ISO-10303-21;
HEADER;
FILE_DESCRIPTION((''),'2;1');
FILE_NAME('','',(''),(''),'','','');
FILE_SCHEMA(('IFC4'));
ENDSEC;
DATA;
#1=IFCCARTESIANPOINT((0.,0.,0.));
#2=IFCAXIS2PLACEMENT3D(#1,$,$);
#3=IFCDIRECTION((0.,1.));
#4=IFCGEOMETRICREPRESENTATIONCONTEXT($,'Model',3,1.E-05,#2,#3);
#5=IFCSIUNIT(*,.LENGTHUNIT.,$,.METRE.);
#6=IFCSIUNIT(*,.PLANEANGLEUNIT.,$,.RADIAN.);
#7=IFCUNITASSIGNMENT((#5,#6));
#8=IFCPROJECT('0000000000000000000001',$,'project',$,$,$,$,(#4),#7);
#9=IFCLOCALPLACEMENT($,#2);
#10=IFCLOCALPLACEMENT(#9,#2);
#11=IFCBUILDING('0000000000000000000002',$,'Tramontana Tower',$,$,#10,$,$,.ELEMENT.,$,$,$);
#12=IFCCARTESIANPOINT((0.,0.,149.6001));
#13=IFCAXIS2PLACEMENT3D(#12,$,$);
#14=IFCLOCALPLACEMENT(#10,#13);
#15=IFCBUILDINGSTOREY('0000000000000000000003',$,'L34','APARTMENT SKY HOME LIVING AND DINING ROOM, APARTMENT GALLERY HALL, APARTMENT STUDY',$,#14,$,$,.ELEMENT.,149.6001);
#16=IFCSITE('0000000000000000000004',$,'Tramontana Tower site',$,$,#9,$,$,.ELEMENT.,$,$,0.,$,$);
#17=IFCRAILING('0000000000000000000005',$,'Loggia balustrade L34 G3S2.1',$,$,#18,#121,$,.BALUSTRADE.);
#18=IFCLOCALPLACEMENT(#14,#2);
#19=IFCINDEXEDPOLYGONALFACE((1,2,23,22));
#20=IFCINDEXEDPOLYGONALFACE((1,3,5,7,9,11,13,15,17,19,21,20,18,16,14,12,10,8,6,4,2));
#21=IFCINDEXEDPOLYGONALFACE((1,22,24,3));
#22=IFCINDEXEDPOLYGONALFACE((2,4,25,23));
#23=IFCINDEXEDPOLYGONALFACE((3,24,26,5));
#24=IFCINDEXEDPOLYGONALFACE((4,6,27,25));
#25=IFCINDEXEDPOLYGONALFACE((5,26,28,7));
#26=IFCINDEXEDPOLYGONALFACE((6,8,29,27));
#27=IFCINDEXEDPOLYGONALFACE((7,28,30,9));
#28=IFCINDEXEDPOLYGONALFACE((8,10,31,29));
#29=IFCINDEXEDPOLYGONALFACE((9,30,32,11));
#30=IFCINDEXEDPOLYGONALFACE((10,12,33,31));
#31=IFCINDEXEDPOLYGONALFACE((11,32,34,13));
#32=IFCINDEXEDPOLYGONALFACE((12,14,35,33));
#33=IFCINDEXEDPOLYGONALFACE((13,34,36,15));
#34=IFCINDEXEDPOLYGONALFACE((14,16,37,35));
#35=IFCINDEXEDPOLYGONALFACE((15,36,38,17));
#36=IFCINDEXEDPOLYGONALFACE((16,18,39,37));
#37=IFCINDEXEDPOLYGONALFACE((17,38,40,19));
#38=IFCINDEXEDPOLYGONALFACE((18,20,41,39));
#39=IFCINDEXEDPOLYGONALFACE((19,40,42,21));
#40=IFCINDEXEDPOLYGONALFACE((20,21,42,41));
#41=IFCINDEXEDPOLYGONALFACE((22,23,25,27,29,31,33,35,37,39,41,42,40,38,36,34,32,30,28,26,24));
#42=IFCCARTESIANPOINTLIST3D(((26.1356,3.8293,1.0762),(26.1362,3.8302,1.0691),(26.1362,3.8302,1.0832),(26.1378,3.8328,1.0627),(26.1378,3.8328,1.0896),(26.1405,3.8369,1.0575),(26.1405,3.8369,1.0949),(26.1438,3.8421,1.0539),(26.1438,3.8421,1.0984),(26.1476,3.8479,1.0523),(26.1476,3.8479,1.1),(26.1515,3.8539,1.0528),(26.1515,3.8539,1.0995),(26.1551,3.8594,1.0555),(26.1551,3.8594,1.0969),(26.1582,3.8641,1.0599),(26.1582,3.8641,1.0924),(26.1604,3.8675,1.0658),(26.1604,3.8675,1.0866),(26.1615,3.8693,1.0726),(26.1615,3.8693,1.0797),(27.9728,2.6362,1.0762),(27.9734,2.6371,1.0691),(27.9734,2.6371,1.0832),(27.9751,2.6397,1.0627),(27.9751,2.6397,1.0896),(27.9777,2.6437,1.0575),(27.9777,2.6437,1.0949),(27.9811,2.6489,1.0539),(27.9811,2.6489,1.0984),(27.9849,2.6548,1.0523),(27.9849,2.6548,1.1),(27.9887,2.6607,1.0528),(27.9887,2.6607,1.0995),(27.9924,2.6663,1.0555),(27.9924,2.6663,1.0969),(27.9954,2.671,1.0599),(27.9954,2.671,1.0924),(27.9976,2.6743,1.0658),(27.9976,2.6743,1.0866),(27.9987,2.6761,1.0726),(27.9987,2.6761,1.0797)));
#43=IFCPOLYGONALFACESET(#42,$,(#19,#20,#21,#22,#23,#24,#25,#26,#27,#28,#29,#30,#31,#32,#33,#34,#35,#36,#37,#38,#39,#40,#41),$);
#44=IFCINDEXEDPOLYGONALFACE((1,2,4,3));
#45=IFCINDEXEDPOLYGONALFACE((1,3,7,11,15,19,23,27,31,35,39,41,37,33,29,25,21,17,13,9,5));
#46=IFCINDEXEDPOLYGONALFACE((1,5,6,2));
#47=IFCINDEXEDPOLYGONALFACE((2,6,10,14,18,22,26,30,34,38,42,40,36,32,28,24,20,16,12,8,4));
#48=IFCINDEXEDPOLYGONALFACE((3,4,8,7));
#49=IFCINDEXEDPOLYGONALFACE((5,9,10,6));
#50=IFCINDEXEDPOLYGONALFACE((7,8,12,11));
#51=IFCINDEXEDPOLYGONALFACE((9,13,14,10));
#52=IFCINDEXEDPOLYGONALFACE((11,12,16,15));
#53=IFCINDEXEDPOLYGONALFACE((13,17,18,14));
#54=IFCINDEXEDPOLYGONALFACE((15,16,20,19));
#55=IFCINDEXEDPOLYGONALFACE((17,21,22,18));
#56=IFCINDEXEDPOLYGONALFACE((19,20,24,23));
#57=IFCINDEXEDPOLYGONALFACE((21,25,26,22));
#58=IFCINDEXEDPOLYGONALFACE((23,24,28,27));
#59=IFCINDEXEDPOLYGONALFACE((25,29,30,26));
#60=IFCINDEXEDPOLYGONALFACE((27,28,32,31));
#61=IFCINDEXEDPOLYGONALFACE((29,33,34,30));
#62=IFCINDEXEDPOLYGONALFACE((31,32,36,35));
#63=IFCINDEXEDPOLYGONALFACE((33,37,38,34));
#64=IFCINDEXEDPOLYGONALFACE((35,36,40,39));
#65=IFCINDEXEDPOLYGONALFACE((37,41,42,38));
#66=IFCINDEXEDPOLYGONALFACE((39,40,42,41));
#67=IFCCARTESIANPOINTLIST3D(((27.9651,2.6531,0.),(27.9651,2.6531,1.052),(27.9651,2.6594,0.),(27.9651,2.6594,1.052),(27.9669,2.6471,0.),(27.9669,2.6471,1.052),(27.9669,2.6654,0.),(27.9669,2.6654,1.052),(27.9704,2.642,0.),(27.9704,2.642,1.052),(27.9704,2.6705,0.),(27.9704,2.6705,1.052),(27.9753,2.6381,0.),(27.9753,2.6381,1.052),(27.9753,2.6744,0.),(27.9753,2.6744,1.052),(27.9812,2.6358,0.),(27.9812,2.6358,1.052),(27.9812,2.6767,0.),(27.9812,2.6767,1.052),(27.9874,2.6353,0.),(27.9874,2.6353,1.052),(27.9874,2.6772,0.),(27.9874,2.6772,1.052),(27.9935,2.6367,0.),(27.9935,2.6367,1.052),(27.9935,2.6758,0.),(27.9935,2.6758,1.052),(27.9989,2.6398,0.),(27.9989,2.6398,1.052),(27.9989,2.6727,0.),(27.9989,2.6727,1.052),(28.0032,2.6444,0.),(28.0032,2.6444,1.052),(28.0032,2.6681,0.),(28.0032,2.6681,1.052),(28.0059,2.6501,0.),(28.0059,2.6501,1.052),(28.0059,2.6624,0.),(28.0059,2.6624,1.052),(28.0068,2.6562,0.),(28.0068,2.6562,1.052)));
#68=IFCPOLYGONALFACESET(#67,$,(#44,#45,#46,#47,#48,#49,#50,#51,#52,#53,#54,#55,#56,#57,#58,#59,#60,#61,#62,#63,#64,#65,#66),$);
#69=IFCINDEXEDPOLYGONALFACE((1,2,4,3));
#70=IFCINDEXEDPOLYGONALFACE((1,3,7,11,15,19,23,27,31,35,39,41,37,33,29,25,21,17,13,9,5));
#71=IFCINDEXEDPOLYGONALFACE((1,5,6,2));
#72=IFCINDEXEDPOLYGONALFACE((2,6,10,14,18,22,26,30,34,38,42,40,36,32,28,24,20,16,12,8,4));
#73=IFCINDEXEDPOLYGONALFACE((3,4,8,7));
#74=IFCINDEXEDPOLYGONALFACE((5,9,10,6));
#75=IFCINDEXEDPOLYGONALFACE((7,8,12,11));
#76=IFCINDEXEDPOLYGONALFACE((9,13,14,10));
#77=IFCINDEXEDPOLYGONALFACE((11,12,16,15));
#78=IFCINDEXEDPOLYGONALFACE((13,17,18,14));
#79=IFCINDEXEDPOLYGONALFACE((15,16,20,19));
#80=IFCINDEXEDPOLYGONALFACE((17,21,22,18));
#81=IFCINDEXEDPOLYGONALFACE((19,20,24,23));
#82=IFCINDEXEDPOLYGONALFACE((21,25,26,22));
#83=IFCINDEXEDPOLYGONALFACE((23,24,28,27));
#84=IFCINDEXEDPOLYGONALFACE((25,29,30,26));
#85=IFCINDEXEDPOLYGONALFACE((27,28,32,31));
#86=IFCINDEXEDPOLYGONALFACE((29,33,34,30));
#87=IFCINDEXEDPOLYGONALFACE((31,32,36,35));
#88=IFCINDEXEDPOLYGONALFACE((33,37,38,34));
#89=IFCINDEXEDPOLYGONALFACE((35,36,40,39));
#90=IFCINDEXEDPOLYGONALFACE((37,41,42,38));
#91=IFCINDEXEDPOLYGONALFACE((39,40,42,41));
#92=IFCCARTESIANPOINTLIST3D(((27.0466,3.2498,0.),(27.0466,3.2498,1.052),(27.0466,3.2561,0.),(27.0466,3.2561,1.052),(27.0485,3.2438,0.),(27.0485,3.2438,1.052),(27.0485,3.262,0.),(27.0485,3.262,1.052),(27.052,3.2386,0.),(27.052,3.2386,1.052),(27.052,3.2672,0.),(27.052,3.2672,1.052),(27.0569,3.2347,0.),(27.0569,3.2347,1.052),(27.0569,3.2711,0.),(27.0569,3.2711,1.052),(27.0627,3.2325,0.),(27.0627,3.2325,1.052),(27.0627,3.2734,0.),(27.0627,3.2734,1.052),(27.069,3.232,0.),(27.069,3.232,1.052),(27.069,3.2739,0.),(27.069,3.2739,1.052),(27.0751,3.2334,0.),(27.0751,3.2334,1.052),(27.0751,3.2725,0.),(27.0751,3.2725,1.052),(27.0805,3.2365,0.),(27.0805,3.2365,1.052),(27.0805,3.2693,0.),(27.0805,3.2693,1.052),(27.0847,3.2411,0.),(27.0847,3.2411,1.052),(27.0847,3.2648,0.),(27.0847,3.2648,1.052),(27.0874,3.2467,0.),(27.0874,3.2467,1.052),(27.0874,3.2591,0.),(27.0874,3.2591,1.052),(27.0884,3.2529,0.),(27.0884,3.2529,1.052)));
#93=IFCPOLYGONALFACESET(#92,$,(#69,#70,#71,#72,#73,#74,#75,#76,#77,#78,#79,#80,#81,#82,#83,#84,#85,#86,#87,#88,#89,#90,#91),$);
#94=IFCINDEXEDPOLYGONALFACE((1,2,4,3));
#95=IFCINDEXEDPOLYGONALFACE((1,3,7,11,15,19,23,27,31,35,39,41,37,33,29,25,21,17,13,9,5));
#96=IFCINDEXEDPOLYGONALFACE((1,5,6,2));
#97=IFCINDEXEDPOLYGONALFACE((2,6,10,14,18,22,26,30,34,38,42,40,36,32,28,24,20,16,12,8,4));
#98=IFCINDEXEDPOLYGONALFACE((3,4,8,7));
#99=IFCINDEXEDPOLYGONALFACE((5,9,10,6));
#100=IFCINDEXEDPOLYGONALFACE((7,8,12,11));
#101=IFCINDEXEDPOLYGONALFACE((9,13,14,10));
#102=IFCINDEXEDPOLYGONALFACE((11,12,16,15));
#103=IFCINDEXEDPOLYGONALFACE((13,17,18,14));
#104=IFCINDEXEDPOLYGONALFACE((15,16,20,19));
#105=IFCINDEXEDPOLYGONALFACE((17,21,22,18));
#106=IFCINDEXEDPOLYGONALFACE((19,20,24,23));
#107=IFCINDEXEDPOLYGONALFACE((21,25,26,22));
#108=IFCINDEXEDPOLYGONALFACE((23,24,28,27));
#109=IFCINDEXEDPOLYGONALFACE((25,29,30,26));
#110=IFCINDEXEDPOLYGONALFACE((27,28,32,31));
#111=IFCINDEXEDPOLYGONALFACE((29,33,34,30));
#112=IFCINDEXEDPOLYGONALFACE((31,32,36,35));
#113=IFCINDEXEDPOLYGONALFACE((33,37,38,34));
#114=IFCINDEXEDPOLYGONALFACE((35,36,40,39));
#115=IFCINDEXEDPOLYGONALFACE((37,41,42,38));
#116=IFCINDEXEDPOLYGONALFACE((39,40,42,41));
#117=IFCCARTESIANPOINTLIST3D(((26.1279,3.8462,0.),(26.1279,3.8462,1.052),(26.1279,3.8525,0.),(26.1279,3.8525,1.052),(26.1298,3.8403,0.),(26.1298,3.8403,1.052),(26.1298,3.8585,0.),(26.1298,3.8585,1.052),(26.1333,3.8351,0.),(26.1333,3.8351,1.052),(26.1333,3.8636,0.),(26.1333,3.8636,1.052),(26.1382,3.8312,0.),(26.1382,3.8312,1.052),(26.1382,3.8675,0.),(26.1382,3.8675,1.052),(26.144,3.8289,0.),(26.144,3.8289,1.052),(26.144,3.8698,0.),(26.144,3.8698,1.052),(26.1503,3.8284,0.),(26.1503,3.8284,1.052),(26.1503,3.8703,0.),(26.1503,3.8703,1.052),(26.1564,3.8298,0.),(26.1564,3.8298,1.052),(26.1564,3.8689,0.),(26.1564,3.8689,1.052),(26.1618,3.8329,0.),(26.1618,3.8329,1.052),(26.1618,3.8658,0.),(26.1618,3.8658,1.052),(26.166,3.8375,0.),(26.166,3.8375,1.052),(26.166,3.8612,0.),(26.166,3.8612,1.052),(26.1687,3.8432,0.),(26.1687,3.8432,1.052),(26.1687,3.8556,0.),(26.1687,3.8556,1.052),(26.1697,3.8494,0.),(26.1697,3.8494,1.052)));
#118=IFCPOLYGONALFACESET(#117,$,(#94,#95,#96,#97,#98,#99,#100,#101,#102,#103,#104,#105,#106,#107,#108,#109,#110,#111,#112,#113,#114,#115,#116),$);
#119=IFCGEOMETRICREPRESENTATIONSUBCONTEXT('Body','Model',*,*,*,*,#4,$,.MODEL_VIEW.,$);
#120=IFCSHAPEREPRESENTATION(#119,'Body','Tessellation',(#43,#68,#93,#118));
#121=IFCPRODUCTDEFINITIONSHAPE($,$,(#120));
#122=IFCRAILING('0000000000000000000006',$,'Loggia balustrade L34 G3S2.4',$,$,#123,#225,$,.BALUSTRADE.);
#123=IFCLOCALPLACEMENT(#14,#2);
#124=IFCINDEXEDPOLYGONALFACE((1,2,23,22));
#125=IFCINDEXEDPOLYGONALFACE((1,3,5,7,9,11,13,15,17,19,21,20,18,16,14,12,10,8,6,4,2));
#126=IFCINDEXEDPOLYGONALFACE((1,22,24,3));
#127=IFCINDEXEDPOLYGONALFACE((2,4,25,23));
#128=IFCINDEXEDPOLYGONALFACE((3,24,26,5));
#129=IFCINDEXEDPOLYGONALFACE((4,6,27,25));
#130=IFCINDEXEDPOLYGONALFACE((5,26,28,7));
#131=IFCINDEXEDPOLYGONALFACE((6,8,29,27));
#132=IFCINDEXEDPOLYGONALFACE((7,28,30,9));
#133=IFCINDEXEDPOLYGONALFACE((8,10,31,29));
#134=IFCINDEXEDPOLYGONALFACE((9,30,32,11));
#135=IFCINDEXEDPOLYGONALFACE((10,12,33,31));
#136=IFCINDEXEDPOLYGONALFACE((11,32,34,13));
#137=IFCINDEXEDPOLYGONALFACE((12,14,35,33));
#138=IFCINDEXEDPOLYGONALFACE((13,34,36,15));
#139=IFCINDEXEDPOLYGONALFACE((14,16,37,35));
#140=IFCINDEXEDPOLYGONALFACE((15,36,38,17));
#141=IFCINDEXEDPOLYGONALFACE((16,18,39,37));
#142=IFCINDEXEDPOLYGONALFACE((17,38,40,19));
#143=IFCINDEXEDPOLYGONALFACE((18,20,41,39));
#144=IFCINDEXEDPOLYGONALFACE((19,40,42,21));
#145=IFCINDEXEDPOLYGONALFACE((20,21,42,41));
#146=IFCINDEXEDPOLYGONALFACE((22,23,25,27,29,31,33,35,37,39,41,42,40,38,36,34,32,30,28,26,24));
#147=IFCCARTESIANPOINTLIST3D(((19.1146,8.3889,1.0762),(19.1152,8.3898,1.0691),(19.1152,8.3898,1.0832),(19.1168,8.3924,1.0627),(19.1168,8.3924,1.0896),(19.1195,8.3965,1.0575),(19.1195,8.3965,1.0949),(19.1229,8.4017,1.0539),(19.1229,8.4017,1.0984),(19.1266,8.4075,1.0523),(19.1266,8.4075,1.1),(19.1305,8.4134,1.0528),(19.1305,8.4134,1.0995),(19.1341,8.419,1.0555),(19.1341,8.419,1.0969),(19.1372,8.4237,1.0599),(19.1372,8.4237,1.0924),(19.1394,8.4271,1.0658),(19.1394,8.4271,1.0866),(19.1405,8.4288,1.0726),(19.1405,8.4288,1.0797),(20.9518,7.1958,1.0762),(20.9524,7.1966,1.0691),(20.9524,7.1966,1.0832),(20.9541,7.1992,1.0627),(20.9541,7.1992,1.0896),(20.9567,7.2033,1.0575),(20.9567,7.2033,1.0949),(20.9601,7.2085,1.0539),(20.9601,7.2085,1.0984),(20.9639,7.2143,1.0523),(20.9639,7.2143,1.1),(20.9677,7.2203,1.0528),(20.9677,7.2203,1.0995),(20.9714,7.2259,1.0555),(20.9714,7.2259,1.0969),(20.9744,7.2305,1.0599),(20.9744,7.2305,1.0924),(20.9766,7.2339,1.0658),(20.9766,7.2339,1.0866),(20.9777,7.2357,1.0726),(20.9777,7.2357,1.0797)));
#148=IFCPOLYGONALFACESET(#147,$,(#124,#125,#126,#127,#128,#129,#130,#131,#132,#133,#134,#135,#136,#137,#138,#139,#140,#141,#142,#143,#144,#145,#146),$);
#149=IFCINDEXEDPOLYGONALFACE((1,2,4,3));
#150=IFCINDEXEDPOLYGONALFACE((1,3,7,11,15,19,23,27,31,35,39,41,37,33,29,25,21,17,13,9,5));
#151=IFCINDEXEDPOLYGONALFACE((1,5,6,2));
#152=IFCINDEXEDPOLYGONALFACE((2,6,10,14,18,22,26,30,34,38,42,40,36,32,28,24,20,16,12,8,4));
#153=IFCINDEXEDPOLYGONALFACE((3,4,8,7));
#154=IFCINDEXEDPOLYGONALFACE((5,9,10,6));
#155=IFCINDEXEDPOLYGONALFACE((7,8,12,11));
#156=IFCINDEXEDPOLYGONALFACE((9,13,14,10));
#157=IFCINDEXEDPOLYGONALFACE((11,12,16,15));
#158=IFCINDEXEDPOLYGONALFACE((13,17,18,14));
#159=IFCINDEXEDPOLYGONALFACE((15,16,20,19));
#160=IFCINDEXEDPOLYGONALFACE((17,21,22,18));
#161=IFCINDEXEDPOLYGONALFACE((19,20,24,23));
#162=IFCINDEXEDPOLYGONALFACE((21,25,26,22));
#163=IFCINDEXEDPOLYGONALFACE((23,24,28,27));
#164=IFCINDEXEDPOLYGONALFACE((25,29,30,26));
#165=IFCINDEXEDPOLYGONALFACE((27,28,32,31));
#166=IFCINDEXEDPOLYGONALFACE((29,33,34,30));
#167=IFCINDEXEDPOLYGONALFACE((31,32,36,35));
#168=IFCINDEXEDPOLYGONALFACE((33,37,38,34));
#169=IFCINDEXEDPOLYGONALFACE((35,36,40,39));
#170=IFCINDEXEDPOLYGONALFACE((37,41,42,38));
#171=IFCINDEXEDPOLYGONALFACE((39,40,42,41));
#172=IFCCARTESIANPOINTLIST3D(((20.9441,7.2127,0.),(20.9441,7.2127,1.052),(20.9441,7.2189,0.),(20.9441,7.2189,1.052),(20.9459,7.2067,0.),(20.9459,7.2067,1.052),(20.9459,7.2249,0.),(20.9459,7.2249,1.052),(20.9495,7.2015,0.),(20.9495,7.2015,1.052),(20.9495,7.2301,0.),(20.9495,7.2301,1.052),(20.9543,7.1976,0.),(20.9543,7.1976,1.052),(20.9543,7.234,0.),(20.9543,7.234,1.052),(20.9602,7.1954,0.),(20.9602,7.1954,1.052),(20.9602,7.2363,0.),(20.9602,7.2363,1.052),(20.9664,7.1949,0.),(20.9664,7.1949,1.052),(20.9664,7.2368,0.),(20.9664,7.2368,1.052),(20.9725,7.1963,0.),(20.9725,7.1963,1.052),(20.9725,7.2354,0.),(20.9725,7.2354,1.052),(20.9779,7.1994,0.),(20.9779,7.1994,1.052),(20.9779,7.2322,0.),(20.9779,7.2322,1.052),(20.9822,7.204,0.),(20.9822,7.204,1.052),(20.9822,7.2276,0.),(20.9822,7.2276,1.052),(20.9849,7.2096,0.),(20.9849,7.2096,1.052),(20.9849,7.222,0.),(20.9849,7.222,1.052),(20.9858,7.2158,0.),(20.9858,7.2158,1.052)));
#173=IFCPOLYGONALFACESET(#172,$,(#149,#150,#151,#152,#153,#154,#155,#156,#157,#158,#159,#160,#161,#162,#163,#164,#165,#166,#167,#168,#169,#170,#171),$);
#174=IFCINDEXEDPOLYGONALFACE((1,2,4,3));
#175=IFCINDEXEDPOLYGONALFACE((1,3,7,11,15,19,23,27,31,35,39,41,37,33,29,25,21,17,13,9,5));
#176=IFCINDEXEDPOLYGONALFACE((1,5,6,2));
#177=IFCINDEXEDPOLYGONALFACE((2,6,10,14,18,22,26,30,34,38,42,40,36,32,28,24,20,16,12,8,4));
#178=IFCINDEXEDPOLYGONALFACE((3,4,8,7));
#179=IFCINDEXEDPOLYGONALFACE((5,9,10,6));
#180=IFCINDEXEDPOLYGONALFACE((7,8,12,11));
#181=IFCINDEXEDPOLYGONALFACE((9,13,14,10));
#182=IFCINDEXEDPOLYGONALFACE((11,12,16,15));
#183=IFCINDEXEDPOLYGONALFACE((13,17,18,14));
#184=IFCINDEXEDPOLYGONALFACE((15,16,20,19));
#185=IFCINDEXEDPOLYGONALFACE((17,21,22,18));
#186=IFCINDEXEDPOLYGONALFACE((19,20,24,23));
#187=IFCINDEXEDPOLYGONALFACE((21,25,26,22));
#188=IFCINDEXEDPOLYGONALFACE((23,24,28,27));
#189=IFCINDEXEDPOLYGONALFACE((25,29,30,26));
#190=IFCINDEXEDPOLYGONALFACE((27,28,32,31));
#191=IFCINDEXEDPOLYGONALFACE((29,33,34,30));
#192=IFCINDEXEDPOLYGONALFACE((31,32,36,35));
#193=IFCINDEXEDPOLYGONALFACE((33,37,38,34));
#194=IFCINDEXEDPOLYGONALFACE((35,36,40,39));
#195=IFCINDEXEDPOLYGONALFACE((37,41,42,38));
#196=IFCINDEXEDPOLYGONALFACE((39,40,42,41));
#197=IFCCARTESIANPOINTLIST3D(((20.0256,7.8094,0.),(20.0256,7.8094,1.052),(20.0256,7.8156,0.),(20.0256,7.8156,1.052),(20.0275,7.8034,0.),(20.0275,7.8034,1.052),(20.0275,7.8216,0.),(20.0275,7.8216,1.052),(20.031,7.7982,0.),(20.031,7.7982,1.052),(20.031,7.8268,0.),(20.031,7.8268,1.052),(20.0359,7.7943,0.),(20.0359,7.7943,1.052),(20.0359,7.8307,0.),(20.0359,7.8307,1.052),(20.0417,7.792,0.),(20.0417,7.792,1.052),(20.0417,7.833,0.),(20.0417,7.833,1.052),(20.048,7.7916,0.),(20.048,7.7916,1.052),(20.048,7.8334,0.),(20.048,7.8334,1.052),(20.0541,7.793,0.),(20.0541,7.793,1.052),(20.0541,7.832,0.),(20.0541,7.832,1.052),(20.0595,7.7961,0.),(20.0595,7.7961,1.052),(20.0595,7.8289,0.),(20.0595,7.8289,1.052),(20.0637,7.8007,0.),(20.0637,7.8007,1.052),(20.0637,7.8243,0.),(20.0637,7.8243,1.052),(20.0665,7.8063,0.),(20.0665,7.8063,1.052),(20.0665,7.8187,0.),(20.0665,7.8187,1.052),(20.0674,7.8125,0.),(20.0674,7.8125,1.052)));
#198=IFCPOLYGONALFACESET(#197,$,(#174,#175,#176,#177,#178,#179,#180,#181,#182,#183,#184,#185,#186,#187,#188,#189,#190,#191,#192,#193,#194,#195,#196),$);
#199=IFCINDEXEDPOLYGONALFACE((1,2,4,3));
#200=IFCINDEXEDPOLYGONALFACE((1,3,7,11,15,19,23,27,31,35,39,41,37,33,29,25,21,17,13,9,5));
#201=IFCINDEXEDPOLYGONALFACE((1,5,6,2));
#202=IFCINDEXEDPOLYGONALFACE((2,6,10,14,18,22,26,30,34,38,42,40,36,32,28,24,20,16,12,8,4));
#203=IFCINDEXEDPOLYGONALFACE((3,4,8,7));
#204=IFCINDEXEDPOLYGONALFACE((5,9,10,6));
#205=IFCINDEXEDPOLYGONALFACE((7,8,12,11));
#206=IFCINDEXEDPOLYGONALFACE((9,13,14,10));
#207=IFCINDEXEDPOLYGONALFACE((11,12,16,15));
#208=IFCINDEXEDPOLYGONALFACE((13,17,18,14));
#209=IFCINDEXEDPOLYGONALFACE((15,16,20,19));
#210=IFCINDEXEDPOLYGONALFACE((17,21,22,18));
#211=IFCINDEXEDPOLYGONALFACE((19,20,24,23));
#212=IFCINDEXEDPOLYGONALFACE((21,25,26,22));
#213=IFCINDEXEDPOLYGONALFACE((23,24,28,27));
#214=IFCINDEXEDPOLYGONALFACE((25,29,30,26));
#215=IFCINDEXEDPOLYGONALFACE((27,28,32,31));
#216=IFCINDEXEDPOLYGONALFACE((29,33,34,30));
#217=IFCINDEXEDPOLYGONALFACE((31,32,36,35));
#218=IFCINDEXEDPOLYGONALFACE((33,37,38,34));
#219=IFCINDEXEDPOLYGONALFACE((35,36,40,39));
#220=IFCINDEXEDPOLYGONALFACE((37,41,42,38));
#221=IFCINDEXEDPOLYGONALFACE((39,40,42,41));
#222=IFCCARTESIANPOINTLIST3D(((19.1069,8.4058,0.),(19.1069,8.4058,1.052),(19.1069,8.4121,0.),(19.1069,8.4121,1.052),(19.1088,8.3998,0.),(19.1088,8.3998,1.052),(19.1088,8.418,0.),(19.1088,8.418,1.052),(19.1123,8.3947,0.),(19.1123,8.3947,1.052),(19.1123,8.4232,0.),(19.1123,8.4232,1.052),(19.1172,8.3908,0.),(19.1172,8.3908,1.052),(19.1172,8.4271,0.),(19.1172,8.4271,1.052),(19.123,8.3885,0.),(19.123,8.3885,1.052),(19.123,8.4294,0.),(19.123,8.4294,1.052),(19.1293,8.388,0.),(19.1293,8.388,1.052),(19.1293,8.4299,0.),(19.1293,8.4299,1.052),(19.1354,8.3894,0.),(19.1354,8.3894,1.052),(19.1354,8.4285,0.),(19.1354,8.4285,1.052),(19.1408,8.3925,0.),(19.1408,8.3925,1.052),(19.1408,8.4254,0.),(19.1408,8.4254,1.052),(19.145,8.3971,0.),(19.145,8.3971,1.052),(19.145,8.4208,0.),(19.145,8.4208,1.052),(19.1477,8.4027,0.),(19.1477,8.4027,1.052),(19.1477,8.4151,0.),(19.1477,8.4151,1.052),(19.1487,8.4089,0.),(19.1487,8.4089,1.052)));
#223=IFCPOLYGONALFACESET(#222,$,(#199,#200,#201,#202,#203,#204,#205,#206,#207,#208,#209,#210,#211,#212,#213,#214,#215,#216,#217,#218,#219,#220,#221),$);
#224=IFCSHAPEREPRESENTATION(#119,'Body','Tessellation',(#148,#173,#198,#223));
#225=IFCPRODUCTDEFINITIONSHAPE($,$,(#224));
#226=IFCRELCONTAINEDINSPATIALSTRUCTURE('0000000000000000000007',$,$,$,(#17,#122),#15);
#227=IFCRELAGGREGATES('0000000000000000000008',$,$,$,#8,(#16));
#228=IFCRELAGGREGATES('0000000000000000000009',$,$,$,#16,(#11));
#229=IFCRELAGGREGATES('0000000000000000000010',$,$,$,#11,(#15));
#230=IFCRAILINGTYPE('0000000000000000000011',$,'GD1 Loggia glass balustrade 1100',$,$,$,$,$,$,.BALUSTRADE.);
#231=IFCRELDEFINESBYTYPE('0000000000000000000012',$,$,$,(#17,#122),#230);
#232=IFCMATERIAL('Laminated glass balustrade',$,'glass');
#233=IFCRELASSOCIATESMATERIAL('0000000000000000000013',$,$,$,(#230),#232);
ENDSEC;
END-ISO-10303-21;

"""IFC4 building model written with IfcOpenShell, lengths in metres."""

from ifc_helpers import new_model, si_unit, direction, frame, origin, origin_2d, place, context, subcontext, project, spatial, circle, extrude, material, type_object, element, save


model = new_model("IFC4")

# Units and contexts
model_context = context("Model", 3, precision=1e-05, world=origin(), true_north=direction((0.0, 1.0)))
body_context = subcontext(model_context, "Body", "Model", "MODEL_VIEW")
ifc_project = project(units=[si_unit("LENGTHUNIT", "METRE"), si_unit("PLANEANGLEUNIT", "RADIAN")], contexts=[model_context])

# Site, building, storey
site_placement = place(None, origin())
site = spatial("IfcSite", under=ifc_project, at=site_placement, Name="Tramontana Tower site", CompositionType="ELEMENT", RefElevation=0.0)
building_placement = place(site_placement, origin())
building = spatial("IfcBuilding", under=site, at=building_placement, Name="Tramontana Tower", CompositionType="ELEMENT")
storey_placement = place(building_placement, frame((0.0, 0.0, 149.6001)))
storey = spatial("IfcBuildingStorey", under=building, at=storey_placement, Name="L34", Description="APARTMENT SKY HOME LIVING AND DINING ROOM, APARTMENT GALLERY HALL, APARTMENT STUDY", CompositionType="ELEMENT", Elevation=149.6001)

# Railings
ifc_material_1 = material(Name="Laminated glass balustrade", Category="glass")
railing_type = type_object("IfcRailingType", Name="GD1 Loggia glass balustrade 1100", PredefinedType="BALUSTRADE", material=ifc_material_1)
for number, where, name in (
    (1, (27.9858, 2.6562, 0.0), "Loggia balustrade L34 G3S2.1"),
    (2, (20.9648, 7.2158, 0.0), "Loggia balustrade L34 G3S2.4"),
):
    element("IfcRailing", number, at=place(storey_placement, frame(where)), inside=storey, type_object=railing_type, Name=name, PredefinedType="BALUSTRADE", context=body_context, shape_type="SweptSolid", body=[
        extrude(circle(Radius=0.0239, at=origin_2d()), frame((0.0, 0.0, 1.0762), z_axis=(-0.83866, 0.544655, 0.0), x_axis=(-0.544655, -0.83866, 0.0)), (0.0, 0.0, 1.0), 2.1907),
        extrude(circle(Radius=0.021, at=origin_2d()), origin(), (0.0, 0.0, 1.0), 1.052),
        extrude(circle(Radius=0.021, at=origin_2d()), frame((-0.9185, 0.5967, 0.0)), (0.0, 0.0, 1.0), 1.052),
        extrude(circle(Radius=0.021, at=origin_2d()), frame((-1.8372, 1.1931, 0.0)), (0.0, 0.0, 1.0), 1.052),
    ])

save(model, "model.ifc")
